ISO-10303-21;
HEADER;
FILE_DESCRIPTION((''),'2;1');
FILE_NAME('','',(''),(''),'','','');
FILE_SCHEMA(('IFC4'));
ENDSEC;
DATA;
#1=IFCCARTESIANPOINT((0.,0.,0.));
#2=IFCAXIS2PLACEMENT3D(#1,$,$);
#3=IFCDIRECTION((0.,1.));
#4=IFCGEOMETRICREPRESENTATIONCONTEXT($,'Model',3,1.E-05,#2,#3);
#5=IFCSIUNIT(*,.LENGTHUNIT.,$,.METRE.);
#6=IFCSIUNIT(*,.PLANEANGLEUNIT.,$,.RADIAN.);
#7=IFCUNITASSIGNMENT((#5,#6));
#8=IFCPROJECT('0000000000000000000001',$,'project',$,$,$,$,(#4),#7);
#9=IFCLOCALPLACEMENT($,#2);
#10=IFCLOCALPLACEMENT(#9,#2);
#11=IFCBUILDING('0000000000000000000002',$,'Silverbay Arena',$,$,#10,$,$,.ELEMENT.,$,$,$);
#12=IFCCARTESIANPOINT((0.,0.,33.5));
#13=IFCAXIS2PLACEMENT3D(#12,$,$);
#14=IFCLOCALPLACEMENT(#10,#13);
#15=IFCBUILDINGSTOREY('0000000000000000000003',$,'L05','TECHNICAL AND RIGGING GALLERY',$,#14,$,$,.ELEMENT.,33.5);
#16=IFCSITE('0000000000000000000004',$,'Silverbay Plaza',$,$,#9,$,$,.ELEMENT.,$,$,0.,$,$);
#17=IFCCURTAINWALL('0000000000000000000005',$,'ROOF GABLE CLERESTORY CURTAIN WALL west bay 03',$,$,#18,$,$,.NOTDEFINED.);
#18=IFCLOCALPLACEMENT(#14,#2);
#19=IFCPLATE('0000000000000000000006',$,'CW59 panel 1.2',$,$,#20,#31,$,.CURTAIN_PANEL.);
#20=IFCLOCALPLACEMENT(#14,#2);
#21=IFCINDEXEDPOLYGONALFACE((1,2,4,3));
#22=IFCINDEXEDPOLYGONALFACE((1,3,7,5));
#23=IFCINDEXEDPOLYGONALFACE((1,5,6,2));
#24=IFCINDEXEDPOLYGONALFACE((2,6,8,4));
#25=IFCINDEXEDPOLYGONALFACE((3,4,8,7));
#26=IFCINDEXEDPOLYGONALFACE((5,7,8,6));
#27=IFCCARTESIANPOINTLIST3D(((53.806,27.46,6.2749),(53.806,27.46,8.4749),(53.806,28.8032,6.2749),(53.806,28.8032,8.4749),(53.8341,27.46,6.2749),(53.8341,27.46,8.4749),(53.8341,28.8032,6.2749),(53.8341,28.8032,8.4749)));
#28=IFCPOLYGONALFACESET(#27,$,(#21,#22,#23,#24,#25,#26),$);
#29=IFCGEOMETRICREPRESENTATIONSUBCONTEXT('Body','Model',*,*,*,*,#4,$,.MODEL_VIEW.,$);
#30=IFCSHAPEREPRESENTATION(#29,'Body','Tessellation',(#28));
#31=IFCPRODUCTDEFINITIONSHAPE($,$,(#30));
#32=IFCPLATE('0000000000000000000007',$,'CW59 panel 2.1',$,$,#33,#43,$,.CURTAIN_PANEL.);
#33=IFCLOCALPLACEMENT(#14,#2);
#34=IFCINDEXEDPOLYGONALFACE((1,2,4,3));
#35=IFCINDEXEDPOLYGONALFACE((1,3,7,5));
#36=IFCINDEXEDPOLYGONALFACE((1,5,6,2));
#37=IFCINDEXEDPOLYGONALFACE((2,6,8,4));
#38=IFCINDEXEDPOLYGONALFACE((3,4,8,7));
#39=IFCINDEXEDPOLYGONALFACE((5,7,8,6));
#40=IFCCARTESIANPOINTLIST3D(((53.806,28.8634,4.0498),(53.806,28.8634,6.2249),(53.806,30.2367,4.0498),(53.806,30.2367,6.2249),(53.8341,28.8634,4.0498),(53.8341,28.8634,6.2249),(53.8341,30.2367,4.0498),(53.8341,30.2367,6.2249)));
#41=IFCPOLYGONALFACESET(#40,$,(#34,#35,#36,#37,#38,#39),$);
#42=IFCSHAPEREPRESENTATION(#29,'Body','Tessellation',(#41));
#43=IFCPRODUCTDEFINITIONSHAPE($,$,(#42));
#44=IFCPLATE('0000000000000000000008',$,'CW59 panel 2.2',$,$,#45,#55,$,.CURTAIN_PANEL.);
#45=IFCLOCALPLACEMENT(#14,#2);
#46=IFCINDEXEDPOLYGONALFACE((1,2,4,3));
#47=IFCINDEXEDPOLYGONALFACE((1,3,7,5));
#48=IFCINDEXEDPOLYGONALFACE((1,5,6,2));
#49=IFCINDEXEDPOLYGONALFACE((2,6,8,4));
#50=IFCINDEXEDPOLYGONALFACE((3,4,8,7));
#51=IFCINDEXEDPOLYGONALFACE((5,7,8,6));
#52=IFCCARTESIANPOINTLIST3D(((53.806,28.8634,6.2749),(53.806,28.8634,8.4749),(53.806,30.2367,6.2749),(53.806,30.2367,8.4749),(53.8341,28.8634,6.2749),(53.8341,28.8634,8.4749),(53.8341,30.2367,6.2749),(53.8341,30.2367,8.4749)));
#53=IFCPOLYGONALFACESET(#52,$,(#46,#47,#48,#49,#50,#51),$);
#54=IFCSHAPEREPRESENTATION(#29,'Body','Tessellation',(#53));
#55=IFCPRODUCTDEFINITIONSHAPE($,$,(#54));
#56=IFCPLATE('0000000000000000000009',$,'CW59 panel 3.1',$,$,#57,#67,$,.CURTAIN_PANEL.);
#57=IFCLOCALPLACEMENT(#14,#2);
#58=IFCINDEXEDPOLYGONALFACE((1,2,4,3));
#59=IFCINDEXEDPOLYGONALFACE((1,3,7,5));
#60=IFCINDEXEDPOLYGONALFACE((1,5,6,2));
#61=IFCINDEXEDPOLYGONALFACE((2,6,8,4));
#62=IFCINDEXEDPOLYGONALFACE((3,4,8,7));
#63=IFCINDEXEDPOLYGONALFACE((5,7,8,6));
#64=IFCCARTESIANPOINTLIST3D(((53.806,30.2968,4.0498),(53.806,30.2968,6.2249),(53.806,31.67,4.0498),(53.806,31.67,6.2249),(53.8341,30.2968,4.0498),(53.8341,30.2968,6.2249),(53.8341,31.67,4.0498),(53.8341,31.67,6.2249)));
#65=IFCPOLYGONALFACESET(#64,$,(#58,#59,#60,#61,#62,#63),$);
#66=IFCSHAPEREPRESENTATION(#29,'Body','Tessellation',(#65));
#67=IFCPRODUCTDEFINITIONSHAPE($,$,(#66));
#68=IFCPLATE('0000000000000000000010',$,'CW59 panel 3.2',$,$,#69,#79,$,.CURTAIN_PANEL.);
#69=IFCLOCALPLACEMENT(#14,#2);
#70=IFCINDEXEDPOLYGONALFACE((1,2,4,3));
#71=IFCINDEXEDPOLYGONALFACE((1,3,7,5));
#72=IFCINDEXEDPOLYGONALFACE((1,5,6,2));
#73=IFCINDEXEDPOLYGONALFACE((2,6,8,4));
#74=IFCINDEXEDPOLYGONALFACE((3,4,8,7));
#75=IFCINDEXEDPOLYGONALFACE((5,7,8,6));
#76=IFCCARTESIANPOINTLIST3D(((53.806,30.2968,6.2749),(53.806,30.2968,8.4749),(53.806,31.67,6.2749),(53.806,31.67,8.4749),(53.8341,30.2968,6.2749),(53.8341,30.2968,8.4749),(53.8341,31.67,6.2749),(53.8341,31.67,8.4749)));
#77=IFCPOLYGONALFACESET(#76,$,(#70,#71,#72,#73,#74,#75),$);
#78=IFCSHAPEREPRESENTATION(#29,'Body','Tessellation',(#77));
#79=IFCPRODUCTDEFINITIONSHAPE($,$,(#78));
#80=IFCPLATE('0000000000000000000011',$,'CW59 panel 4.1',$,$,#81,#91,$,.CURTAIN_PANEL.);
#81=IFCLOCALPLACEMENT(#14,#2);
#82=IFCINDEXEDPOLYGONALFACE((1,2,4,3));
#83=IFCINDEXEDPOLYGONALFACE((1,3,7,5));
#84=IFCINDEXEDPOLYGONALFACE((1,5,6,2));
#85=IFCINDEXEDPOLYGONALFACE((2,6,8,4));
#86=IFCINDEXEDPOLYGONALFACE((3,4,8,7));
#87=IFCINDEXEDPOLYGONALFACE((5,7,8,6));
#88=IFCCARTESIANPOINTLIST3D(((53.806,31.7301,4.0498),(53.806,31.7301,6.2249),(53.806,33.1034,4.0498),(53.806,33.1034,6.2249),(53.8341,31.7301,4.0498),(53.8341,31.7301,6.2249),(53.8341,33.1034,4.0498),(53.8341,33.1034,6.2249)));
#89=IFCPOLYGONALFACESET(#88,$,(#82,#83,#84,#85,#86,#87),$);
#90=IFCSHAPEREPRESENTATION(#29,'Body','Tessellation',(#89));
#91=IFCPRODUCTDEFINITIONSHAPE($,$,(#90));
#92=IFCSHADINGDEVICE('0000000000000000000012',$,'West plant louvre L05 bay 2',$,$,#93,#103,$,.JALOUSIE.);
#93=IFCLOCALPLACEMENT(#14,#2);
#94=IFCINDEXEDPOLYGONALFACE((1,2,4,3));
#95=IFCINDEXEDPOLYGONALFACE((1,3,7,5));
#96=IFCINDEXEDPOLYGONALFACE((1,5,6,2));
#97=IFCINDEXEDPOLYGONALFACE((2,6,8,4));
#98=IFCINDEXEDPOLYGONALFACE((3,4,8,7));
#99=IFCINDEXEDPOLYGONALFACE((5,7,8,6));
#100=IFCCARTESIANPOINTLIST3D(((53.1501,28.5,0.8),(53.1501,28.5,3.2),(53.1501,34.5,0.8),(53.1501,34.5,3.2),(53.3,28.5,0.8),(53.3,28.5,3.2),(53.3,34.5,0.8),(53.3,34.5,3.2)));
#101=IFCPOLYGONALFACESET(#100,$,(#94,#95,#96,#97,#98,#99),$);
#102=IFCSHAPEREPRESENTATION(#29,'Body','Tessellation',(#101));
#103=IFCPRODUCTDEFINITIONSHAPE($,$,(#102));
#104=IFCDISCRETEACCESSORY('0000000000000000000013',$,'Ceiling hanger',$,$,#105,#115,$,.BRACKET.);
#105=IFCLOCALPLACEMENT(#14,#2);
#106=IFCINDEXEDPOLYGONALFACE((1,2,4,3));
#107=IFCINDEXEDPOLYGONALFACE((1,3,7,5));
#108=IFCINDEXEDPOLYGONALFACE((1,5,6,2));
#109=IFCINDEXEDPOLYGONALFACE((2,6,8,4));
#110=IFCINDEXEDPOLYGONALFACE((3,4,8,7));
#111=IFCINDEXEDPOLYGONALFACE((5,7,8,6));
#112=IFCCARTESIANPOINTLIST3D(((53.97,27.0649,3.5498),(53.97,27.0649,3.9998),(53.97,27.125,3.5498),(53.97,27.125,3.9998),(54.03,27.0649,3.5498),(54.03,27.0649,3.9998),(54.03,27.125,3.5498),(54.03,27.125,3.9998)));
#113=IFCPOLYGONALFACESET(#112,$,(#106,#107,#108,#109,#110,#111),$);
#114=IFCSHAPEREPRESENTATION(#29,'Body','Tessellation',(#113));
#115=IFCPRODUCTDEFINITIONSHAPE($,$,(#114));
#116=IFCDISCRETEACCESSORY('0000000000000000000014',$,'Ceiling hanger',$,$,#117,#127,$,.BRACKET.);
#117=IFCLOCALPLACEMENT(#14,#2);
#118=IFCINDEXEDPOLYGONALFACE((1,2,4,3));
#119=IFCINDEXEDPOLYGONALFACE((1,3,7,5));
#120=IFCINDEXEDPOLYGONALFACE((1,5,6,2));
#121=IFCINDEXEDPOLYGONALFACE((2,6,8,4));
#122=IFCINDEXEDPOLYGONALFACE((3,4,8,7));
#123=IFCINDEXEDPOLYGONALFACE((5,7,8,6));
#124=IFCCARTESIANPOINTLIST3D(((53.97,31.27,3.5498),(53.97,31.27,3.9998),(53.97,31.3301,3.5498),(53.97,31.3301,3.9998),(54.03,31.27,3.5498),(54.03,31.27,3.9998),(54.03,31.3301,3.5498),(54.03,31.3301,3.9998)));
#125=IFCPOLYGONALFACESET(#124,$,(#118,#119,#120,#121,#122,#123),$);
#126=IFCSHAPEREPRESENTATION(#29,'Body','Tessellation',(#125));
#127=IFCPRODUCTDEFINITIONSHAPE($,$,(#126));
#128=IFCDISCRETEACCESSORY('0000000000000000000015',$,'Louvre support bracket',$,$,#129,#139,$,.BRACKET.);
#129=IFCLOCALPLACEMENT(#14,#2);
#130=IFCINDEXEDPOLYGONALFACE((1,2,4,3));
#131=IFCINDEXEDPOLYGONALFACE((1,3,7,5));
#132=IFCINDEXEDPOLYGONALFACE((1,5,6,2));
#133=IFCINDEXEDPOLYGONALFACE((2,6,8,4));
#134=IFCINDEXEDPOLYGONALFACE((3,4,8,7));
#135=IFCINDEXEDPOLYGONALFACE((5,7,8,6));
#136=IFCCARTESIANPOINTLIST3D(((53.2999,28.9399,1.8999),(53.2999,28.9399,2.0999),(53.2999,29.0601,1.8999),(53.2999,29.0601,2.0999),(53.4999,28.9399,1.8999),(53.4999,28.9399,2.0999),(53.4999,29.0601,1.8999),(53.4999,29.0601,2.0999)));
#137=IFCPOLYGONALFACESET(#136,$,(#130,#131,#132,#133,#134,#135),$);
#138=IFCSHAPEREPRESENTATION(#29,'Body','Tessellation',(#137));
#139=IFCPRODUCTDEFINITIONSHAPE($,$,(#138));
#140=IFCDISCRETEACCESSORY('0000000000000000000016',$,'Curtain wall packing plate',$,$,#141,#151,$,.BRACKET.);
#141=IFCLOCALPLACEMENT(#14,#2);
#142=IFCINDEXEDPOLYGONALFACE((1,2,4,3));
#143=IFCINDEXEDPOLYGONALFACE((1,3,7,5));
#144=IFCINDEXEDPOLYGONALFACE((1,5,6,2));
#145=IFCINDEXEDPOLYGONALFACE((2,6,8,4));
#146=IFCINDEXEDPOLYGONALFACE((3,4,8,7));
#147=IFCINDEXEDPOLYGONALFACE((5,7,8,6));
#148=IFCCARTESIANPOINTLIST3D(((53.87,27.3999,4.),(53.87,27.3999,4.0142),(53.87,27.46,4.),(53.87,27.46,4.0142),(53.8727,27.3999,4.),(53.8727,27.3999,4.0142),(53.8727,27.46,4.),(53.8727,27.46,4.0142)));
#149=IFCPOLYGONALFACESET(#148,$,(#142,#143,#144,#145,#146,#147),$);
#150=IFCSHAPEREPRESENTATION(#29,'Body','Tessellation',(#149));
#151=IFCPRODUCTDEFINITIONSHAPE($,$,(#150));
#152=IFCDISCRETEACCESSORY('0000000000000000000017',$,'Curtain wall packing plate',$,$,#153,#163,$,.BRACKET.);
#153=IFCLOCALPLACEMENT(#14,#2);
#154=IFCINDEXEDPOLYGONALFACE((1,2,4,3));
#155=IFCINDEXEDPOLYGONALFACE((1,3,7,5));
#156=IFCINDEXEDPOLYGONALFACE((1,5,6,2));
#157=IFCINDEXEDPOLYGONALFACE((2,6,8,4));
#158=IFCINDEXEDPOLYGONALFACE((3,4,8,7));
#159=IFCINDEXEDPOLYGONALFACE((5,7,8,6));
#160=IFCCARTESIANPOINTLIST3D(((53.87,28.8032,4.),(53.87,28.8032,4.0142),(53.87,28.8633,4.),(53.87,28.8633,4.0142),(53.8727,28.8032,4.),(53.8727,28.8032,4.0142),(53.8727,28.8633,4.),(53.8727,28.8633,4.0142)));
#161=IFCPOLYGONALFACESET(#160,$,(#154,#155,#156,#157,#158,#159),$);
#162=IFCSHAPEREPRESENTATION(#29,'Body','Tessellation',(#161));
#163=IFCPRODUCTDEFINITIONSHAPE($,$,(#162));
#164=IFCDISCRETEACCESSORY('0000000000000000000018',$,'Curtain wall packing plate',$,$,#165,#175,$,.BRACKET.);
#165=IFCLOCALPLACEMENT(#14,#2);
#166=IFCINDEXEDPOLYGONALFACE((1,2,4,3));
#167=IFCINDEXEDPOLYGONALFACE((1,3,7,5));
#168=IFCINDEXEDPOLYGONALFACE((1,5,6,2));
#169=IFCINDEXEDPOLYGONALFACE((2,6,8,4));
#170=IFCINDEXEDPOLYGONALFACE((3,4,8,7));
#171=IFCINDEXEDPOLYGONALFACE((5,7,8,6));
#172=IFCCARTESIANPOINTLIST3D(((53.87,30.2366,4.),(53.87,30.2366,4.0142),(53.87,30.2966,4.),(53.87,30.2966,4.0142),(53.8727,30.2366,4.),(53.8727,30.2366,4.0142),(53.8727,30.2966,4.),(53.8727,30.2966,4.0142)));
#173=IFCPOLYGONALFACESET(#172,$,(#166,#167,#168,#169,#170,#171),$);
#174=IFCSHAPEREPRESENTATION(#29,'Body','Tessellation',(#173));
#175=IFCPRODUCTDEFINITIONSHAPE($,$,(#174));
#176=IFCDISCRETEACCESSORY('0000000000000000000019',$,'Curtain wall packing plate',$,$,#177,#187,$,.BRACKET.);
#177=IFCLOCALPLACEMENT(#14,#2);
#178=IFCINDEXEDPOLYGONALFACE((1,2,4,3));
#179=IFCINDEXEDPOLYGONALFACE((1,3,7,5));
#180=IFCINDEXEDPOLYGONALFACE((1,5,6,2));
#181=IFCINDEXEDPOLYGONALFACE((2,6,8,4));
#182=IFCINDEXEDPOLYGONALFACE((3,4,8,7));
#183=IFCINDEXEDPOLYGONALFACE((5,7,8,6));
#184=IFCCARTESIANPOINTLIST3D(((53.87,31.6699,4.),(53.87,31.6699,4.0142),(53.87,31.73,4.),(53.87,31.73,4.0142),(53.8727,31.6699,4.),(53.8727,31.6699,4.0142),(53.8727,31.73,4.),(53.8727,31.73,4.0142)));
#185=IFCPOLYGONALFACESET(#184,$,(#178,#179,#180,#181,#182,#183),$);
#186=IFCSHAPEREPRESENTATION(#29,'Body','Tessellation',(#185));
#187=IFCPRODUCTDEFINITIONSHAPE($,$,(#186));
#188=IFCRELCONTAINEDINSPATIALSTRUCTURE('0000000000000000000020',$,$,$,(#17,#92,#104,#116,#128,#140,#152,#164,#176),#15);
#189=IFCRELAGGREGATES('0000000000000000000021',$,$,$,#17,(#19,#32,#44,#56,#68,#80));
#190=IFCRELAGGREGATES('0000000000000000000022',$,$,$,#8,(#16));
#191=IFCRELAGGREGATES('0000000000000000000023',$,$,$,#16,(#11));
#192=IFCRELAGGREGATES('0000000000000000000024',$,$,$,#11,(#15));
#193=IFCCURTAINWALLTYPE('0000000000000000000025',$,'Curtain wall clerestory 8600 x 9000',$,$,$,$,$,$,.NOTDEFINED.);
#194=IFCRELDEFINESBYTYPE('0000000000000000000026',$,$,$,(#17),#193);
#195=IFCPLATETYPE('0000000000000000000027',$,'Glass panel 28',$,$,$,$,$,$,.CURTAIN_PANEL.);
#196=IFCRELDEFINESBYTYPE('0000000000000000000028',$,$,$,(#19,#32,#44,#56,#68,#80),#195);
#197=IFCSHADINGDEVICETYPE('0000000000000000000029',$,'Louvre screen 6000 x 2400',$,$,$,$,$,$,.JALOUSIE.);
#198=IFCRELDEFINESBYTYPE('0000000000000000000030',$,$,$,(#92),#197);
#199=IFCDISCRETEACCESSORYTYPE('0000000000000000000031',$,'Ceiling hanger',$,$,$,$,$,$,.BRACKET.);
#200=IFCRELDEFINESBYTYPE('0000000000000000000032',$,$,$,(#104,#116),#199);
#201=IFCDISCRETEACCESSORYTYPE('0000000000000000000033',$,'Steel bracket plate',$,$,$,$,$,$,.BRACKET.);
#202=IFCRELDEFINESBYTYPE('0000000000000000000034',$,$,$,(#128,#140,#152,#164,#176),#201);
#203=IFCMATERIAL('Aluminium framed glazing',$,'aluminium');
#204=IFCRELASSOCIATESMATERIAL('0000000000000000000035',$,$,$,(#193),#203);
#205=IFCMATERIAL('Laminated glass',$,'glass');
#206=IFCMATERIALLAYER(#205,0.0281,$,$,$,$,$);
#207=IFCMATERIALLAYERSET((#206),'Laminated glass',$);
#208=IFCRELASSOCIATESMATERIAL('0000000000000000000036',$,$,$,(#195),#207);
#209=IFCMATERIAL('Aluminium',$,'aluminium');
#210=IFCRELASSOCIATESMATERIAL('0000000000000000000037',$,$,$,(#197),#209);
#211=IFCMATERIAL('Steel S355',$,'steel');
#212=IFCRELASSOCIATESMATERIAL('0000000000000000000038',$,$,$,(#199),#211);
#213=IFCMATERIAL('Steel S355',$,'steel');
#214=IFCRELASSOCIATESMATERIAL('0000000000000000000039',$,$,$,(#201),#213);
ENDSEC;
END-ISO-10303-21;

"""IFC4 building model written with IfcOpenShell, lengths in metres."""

from ifc_helpers import new_model, si_unit, direction, frame, origin, origin_2d, place, context, subcontext, project, spatial, rectangle, extrude, material, layer, layer_set, type_object, element, aggregate, save


model = new_model("IFC4")

# Units and contexts
model_context = context("Model", 3, precision=1e-05, world=origin(), true_north=direction((0.0, 1.0)))
body_context = subcontext(model_context, "Body", "Model", "MODEL_VIEW")
ifc_project = project(units=[si_unit("LENGTHUNIT", "METRE"), si_unit("PLANEANGLEUNIT", "RADIAN")], contexts=[model_context])

# Site, building, storey
site_placement = place(None, origin())
site = spatial("IfcSite", under=ifc_project, at=site_placement, Name="Silverbay Plaza", CompositionType="ELEMENT", RefElevation=0.0)
building_placement = place(site_placement, origin())
building = spatial("IfcBuilding", under=site, at=building_placement, Name="Silverbay Arena", CompositionType="ELEMENT")
storey_placement = place(building_placement, frame((0.0, 0.0, 33.5)))
storey = spatial("IfcBuildingStorey", under=building, at=storey_placement, Name="L05", Description="TECHNICAL AND RIGGING GALLERY", CompositionType="ELEMENT", Elevation=33.5)

# Curtain wall
ifc_material_1 = material(Name="Aluminium framed glazing", Category="aluminium")
curtain_wall_type_1 = type_object("IfcCurtainWallType", Name="Curtain wall clerestory 8600 x 9000", PredefinedType="NOTDEFINED", material=ifc_material_1)
curtain_wall_1_placement = place(storey_placement, origin())
curtain_wall_1 = element("IfcCurtainWall", 1, at=curtain_wall_1_placement, inside=storey, type_object=curtain_wall_type_1, Name="ROOF GABLE CLERESTORY CURTAIN WALL west bay 03", PredefinedType="NOTDEFINED")

# Plates
ifc_material_2 = material(Name="Laminated glass", Category="glass")
ifc_layer = layer(ifc_material_2, 0.0281)
ifc_layer_set = layer_set([ifc_layer], Name="Laminated glass")
plate_type = type_object("IfcPlateType", Name="Glass panel 28", PredefinedType="CURTAIN_PANEL", material=ifc_layer_set)
plate_1_placement = place(storey_placement, frame((53.8201, 28.1316, 6.2749), z_axis=(0.0, 0.0, 1.0), x_axis=(0.0, 1.0, 0.0)))
plate_1 = element("IfcPlate", 2, at=plate_1_placement, type_object=plate_type, Name="CW59 panel 1.2", PredefinedType="CURTAIN_PANEL", context=body_context, shape_type="SweptSolid", body=[
    extrude(rectangle(XDim=1.3433, YDim=0.0281, at=origin_2d()), origin(), (0.0, 0.0, 1.0), 2.2),
])
plate_2_placement = place(storey_placement, frame((53.8201, 29.55, 4.0498), z_axis=(0.0, 0.0, 1.0), x_axis=(0.0, 1.0, 0.0)))
plate_2 = element("IfcPlate", 3, at=plate_2_placement, type_object=plate_type, Name="CW59 panel 2.1", PredefinedType="CURTAIN_PANEL", context=body_context, shape_type="SweptSolid", body=[
    extrude(rectangle(XDim=1.3733, YDim=0.0281, at=origin_2d()), origin(), (0.0, 0.0, 1.0), 2.175),
])
plate_3_placement = place(storey_placement, frame((53.8201, 29.55, 6.2749), z_axis=(0.0, 0.0, 1.0), x_axis=(0.0, 1.0, 0.0)))
plate_3 = element("IfcPlate", 4, at=plate_3_placement, type_object=plate_type, Name="CW59 panel 2.2", PredefinedType="CURTAIN_PANEL", context=body_context, shape_type="SweptSolid", body=[
    extrude(rectangle(XDim=1.3733, YDim=0.0281, at=origin_2d()), origin(), (0.0, 0.0, 1.0), 2.2),
])
plate_4_placement = place(storey_placement, frame((53.8201, 30.9834, 4.0498), z_axis=(0.0, 0.0, 1.0), x_axis=(0.0, 1.0, 0.0)))
plate_4 = element("IfcPlate", 5, at=plate_4_placement, type_object=plate_type, Name="CW59 panel 3.1", PredefinedType="CURTAIN_PANEL", context=body_context, shape_type="SweptSolid", body=[
    extrude(rectangle(XDim=1.3733, YDim=0.0281, at=origin_2d()), origin(), (0.0, 0.0, 1.0), 2.175),
])
plate_5_placement = place(storey_placement, frame((53.8201, 30.9834, 6.2749), z_axis=(0.0, 0.0, 1.0), x_axis=(0.0, 1.0, 0.0)))
plate_5 = element("IfcPlate", 6, at=plate_5_placement, type_object=plate_type, Name="CW59 panel 3.2", PredefinedType="CURTAIN_PANEL", context=body_context, shape_type="SweptSolid", body=[
    extrude(rectangle(XDim=1.3733, YDim=0.0281, at=origin_2d()), origin(), (0.0, 0.0, 1.0), 2.2),
])
plate_6_placement = place(storey_placement, frame((53.8201, 32.4167, 4.0498), z_axis=(0.0, 0.0, 1.0), x_axis=(0.0, 1.0, 0.0)))
plate_6 = element("IfcPlate", 7, at=plate_6_placement, type_object=plate_type, Name="CW59 panel 4.1", PredefinedType="CURTAIN_PANEL", context=body_context, shape_type="SweptSolid", body=[
    extrude(rectangle(XDim=1.3733, YDim=0.0281, at=origin_2d()), origin(), (0.0, 0.0, 1.0), 2.175),
])
aggregate(curtain_wall_1, [plate_1, plate_2, plate_3, plate_4, plate_5, plate_6])

# Shading device
ifc_material_3 = material(Name="Aluminium", Category="aluminium")
shading_device_type = type_object("IfcShadingDeviceType", Name="Louvre screen 6000 x 2400", PredefinedType="JALOUSIE", material=ifc_material_3)
shading_device_placement = place(storey_placement, frame((53.2251, 31.5, 0.8), z_axis=(0.0, 0.0, 1.0), x_axis=(0.0, 1.0, 0.0)))
element("IfcShadingDevice", 8, at=shading_device_placement, inside=storey, type_object=shading_device_type, Name="West plant louvre L05 bay 2", PredefinedType="JALOUSIE", context=body_context, shape_type="SweptSolid", body=[
    extrude(rectangle(XDim=6.0, YDim=0.1499, at=origin_2d()), origin(), (0.0, 0.0, 1.0), 2.3999),
])

# Discrete accessories
ifc_material_4 = material(Name="Steel S355", Category="steel")
discrete_accessory_type_1 = type_object("IfcDiscreteAccessoryType", Name="Ceiling hanger", PredefinedType="BRACKET", material=ifc_material_4)
for number, where, z_axis, x_axis, name in (
    (9, (54.0, 27.095, 3.5498), (0.0, 0.0, 1.0), (1.0, 0.0, 0.0), "Ceiling hanger"),
    (10, (54.0, 31.3, 3.5498), (0.0, 0.0, 1.0), (1.0, 0.0, 0.0), "Ceiling hanger"),
):
    element("IfcDiscreteAccessory", number, at=place(storey_placement, frame(where, z_axis=z_axis, x_axis=x_axis)), inside=storey, type_object=discrete_accessory_type_1, Name=name, PredefinedType="BRACKET", context=body_context, shape_type="SweptSolid", body=[
        extrude(rectangle(XDim=0.0601, YDim=0.0601, at=origin_2d()), origin(), (0.0, 0.0, 1.0), 0.45),
    ])
ifc_material_5 = material(Name="Steel S355", Category="steel")
discrete_accessory_type_2 = type_object("IfcDiscreteAccessoryType", Name="Steel bracket plate", PredefinedType="BRACKET", material=ifc_material_5)
discrete_accessory_placement = place(storey_placement, frame((53.3999, 29.0, 1.8999), z_axis=(0.0, 0.0, 1.0), x_axis=(0.0, 1.0, 0.0)))
element("IfcDiscreteAccessory", 11, at=discrete_accessory_placement, inside=storey, type_object=discrete_accessory_type_2, Name="Louvre support bracket", PredefinedType="BRACKET", context=body_context, shape_type="SweptSolid", body=[
    extrude(rectangle(XDim=0.1201, YDim=0.2, at=origin_2d()), origin(), (0.0, 0.0, 1.0), 0.2),
])
for number, where, z_axis, x_axis, name in (
    (12, (53.8713, 27.4299, 4.0), (0.0, 0.0, 1.0), (1.0, 0.0, 0.0), "Curtain wall packing plate"),
    (13, (53.8713, 28.8333, 4.0), (0.0, 0.0, 1.0), (1.0, 0.0, 0.0), "Curtain wall packing plate"),
    (14, (53.8713, 30.2666, 4.0), (0.0, 0.0, 1.0), (1.0, 0.0, 0.0), "Curtain wall packing plate"),
    (15, (53.8713, 31.7, 4.0), (0.0, 0.0, 1.0), (1.0, 0.0, 0.0), "Curtain wall packing plate"),
):
    element("IfcDiscreteAccessory", number, at=place(storey_placement, frame(where, z_axis=z_axis, x_axis=x_axis)), inside=storey, type_object=discrete_accessory_type_2, Name=name, PredefinedType="BRACKET", context=body_context, shape_type="SweptSolid", body=[
        extrude(rectangle(XDim=0.0027, YDim=0.0601, at=origin_2d()), origin(), (0.0, 0.0, 1.0), 0.0142),
    ])

save(model, "model.ifc")
